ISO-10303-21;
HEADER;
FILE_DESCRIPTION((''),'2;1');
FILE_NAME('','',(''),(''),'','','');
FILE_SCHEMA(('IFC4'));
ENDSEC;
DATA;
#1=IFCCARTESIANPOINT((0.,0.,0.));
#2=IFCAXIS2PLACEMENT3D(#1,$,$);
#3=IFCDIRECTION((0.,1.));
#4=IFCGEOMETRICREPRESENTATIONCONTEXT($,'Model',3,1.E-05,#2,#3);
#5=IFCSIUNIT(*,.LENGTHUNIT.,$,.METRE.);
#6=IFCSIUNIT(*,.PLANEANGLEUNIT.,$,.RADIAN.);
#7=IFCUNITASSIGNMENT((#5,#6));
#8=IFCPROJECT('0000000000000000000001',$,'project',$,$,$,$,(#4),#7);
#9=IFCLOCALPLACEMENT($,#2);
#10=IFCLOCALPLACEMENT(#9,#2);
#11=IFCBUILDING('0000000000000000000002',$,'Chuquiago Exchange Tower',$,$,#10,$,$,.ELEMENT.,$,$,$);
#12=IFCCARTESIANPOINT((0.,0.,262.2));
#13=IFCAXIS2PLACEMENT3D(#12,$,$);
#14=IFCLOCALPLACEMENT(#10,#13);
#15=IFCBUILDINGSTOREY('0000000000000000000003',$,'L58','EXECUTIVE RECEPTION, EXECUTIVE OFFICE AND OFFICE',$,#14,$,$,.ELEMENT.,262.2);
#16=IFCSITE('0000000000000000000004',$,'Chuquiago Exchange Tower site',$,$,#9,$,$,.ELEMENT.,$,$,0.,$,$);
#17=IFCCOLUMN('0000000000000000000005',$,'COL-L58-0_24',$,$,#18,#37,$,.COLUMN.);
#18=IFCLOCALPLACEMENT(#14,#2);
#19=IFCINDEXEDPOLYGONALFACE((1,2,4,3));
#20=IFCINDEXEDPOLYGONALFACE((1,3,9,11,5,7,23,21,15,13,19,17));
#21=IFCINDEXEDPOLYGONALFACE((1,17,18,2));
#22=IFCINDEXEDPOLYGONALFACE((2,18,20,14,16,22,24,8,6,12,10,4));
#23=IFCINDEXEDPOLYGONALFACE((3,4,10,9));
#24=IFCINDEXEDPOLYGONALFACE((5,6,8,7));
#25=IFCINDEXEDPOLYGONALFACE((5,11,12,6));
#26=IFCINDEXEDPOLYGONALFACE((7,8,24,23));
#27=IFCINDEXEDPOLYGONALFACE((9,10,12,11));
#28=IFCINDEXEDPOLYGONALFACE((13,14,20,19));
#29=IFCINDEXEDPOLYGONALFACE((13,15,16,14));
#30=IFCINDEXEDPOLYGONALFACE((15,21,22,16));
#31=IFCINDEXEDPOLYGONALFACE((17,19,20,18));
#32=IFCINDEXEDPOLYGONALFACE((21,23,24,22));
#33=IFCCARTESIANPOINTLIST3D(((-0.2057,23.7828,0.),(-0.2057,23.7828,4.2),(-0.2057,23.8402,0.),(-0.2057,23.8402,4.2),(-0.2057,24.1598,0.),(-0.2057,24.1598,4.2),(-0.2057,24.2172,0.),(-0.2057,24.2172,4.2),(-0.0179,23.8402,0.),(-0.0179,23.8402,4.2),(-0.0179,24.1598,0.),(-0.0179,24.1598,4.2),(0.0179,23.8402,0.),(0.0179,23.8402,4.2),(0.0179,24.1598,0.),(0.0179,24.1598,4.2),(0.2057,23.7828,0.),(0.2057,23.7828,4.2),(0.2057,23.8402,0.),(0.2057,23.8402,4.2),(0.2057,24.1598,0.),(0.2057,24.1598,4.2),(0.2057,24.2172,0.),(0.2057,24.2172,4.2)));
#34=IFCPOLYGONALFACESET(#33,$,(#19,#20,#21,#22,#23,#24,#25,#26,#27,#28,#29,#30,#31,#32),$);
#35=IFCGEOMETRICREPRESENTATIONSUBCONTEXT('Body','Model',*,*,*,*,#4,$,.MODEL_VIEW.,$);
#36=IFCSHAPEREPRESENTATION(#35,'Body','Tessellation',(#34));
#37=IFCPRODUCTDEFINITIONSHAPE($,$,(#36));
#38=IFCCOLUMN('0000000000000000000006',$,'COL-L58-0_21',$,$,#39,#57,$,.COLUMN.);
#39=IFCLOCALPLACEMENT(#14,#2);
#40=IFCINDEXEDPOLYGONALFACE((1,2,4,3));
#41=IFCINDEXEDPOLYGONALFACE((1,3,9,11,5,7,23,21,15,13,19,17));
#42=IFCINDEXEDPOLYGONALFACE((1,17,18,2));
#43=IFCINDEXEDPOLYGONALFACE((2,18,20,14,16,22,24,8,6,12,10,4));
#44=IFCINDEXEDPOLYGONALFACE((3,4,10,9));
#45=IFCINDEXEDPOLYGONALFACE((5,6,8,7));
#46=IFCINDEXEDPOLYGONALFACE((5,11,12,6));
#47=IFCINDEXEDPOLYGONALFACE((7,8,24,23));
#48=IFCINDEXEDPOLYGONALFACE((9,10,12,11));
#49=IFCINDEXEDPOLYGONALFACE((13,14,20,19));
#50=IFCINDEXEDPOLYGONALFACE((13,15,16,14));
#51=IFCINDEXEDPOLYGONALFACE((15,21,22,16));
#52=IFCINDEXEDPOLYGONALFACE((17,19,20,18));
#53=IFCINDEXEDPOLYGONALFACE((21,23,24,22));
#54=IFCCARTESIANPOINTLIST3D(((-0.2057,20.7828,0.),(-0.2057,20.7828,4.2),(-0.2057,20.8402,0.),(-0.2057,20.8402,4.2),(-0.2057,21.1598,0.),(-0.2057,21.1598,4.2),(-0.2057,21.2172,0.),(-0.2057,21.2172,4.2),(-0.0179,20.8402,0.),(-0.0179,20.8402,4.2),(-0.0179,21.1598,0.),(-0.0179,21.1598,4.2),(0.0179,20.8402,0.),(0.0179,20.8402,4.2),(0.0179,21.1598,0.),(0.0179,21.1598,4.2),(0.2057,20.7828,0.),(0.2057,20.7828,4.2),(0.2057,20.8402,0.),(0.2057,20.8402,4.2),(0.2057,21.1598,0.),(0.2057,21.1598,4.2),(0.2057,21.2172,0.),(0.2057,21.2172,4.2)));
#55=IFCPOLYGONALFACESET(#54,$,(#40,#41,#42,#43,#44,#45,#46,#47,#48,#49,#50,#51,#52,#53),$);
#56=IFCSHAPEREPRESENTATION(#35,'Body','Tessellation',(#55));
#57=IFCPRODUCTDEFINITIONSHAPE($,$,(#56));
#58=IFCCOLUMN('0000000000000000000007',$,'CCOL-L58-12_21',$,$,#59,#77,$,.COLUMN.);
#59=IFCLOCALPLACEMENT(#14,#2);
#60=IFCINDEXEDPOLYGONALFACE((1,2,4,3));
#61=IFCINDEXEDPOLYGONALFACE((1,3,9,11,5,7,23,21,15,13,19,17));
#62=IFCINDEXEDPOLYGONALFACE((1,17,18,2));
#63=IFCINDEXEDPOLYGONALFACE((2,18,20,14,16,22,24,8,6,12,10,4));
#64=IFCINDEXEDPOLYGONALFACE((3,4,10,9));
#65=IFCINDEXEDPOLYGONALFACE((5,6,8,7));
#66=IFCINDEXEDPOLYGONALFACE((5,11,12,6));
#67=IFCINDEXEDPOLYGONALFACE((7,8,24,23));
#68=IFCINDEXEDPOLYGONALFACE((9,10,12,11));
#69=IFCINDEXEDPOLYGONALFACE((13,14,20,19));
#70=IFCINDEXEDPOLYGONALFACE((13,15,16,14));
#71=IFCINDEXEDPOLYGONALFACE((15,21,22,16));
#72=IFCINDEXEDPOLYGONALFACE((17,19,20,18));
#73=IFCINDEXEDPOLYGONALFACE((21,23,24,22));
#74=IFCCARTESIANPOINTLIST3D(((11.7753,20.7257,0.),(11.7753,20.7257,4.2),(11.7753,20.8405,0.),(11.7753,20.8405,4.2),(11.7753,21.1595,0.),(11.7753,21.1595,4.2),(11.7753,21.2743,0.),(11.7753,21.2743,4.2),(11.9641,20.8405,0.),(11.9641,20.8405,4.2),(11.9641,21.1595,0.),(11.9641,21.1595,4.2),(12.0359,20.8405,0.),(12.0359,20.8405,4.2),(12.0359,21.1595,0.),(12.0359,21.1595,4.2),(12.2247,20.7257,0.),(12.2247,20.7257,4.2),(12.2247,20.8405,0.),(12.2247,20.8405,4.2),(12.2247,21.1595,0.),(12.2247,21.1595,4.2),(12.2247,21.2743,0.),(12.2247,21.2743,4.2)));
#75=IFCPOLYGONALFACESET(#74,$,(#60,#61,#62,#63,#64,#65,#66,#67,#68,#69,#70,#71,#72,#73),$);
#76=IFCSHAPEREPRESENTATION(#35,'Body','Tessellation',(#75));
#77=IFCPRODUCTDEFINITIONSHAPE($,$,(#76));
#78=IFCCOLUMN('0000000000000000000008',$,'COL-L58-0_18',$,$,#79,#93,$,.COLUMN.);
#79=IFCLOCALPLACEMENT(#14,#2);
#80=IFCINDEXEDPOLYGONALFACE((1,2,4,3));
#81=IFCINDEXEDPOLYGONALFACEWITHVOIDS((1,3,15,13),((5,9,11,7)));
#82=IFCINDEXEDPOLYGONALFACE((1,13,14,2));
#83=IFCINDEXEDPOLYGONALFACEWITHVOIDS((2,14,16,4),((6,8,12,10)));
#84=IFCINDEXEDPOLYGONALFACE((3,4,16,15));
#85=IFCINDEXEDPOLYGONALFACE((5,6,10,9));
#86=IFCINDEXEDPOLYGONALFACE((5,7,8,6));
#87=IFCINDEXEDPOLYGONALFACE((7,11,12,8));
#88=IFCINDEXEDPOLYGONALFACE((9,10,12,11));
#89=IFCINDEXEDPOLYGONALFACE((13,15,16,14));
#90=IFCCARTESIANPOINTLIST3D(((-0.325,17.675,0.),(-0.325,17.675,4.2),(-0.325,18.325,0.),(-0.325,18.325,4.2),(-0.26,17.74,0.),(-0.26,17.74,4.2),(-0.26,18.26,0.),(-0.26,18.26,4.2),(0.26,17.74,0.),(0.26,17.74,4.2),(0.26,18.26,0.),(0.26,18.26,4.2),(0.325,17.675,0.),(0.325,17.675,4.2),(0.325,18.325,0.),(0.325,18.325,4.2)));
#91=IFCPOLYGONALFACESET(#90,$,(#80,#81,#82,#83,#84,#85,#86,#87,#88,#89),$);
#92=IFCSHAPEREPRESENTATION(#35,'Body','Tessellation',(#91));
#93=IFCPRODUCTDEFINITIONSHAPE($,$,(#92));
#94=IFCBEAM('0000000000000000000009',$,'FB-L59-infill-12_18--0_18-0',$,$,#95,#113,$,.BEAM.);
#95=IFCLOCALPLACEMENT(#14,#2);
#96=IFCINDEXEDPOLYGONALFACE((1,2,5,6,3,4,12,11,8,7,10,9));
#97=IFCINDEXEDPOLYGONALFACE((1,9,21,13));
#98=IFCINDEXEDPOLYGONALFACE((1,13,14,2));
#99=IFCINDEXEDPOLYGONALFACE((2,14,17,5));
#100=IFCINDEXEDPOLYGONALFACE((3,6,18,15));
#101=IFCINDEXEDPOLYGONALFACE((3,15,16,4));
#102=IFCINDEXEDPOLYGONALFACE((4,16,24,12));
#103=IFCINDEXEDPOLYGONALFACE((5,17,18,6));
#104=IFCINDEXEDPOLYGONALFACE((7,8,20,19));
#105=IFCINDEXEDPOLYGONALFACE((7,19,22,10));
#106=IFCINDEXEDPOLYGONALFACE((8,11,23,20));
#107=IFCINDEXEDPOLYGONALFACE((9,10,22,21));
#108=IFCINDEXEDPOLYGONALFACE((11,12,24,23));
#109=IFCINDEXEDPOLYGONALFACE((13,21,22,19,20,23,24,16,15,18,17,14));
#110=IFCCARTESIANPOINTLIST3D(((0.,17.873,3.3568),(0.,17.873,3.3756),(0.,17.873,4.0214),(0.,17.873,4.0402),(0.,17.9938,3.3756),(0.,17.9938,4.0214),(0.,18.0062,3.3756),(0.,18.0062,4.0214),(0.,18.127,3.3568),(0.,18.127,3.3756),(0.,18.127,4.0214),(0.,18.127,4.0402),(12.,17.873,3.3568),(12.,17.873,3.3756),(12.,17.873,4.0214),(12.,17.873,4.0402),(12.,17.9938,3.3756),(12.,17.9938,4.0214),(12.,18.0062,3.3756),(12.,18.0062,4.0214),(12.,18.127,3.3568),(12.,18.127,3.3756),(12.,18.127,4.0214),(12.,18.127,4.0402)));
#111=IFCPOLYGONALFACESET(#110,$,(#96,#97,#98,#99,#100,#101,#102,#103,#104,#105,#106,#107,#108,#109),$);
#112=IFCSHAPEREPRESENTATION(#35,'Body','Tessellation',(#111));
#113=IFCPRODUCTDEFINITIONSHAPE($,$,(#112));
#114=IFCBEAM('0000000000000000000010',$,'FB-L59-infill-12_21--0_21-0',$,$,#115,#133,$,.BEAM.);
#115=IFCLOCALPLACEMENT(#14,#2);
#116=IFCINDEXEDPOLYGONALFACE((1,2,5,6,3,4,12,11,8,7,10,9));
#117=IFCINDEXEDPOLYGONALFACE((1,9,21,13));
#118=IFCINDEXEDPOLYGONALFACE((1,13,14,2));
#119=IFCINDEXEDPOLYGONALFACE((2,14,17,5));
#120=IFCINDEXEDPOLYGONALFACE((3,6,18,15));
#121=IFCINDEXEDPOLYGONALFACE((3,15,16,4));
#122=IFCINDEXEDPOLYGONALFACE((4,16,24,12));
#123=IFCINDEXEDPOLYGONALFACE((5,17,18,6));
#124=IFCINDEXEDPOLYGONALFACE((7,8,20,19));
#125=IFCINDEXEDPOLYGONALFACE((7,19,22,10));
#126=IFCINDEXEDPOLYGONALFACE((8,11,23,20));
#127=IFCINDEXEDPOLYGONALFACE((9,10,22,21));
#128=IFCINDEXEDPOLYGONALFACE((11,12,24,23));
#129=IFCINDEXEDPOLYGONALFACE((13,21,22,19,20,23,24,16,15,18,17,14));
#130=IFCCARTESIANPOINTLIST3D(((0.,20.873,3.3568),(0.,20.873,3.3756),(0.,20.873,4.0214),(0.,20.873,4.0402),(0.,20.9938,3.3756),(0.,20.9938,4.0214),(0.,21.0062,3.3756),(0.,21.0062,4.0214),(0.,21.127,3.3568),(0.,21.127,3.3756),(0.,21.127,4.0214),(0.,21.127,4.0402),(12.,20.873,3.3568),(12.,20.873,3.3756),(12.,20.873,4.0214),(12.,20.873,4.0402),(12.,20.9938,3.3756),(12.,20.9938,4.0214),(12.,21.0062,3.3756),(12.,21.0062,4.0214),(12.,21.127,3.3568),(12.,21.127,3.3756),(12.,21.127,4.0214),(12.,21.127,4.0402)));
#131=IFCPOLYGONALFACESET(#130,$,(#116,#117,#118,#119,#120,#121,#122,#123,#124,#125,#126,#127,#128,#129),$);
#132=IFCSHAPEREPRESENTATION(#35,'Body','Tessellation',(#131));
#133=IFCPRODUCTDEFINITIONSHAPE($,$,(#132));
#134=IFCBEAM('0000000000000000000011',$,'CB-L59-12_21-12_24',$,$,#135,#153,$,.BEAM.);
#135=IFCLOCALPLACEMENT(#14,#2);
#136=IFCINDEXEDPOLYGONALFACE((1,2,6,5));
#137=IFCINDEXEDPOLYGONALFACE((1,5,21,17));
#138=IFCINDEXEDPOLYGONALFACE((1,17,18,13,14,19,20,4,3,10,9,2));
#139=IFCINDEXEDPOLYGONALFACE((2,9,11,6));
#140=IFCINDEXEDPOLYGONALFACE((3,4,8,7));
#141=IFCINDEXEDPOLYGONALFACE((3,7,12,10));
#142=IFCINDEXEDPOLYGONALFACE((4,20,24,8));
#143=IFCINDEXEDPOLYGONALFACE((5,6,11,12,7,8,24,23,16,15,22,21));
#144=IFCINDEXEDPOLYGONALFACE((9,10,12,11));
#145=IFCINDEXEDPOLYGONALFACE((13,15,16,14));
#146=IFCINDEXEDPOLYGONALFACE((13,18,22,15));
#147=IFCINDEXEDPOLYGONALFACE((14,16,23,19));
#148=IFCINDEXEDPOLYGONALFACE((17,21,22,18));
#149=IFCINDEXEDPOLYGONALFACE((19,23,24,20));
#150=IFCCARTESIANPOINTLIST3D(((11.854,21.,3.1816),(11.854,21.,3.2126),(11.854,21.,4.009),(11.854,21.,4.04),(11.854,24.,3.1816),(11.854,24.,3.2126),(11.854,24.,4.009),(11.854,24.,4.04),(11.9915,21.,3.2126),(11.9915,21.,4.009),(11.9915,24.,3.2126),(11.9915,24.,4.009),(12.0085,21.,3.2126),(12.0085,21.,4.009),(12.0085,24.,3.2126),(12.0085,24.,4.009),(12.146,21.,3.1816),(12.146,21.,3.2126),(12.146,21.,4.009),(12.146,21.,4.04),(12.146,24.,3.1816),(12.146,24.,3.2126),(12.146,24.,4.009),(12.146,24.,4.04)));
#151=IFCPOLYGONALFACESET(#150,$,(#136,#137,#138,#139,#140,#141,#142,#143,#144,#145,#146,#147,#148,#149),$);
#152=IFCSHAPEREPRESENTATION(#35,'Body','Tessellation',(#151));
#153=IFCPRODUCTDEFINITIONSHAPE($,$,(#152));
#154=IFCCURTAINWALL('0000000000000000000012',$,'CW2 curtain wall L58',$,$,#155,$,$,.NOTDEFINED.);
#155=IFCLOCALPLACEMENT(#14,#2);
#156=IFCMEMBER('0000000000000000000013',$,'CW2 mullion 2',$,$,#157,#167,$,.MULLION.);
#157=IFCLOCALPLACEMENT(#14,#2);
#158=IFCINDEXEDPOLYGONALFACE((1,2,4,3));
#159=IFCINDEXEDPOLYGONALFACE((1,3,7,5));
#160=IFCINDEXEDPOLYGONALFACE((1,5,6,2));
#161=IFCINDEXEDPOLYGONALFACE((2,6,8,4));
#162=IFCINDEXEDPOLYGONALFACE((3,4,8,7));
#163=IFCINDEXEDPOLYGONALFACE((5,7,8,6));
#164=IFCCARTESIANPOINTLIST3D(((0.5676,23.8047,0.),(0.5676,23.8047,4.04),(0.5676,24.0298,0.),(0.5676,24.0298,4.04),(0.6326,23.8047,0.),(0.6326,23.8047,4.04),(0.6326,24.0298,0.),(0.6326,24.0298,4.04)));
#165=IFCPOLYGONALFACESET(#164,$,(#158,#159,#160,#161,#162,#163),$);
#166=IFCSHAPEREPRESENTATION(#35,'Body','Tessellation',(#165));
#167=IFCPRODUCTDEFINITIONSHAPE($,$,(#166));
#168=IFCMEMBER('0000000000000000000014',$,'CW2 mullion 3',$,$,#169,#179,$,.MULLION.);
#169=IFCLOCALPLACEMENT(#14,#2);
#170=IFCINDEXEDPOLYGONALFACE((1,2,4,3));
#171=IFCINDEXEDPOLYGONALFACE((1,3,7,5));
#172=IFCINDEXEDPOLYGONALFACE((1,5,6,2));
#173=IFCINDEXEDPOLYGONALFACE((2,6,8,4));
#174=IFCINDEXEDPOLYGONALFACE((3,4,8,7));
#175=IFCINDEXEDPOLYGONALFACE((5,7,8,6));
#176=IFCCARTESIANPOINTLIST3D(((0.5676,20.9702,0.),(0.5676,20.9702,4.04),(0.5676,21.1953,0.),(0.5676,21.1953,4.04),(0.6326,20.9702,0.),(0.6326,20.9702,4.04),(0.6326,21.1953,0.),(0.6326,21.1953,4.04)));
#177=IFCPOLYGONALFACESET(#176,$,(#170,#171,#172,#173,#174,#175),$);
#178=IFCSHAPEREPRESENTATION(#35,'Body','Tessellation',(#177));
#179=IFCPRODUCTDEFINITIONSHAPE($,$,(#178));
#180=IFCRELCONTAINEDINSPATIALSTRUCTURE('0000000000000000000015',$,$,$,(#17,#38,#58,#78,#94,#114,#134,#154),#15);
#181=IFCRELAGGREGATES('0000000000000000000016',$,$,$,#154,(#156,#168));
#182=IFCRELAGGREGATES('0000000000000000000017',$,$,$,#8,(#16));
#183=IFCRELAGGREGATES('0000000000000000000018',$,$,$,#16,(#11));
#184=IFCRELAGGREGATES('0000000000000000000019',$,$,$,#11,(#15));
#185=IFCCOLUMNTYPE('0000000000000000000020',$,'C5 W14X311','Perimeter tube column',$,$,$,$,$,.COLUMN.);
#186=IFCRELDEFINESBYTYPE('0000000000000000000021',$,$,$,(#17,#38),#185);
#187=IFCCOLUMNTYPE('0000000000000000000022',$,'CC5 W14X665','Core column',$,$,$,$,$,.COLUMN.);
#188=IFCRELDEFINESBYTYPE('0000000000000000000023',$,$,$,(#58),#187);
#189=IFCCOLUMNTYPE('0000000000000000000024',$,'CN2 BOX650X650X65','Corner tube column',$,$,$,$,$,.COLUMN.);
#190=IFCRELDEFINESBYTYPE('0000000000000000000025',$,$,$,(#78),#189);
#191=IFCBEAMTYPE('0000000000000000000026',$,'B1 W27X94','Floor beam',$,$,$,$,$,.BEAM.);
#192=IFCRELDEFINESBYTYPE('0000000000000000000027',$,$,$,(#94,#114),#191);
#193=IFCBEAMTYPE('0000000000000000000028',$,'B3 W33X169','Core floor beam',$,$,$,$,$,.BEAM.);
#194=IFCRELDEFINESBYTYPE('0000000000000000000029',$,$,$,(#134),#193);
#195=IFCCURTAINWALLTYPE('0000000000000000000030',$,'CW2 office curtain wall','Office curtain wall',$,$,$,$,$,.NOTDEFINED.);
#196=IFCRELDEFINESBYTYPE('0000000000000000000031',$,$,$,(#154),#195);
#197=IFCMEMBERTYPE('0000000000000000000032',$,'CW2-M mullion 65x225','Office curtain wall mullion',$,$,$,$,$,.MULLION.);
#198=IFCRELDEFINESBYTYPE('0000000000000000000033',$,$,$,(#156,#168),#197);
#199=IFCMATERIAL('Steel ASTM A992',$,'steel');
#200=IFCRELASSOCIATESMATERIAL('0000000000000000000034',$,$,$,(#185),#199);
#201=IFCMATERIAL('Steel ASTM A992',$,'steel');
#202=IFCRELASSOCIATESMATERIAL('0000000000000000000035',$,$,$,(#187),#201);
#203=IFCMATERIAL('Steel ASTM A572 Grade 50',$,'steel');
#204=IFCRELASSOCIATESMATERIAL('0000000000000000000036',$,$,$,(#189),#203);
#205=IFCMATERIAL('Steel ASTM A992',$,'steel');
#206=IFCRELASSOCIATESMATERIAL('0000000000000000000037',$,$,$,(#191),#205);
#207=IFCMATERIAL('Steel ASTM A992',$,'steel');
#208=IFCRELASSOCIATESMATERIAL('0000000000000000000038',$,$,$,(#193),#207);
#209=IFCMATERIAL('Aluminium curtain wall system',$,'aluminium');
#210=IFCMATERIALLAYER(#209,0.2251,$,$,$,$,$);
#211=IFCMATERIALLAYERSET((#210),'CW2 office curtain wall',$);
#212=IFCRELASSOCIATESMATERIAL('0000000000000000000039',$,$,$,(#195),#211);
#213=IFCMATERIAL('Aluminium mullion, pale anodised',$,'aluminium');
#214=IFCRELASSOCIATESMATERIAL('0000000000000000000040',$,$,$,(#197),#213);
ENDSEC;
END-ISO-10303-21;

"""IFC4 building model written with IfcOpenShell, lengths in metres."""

from ifc_helpers import new_model, si_unit, direction, frame, origin, origin_2d, place, context, subcontext, project, spatial, rectangle, hollow_rectangle, i_section, extrude, material, layer, layer_set, material_profile, profile_set, type_object, element, aggregate, save


model = new_model("IFC4")

# Units and contexts
model_context = context("Model", 3, precision=1e-05, world=origin(), true_north=direction((0.0, 1.0)))
body_context = subcontext(model_context, "Body", "Model", "MODEL_VIEW")
ifc_project = project(units=[si_unit("LENGTHUNIT", "METRE"), si_unit("PLANEANGLEUNIT", "RADIAN")], contexts=[model_context])

# Site, building, storey
site_placement = place(None, origin())
site = spatial("IfcSite", under=ifc_project, at=site_placement, Name="Chuquiago Exchange Tower site", CompositionType="ELEMENT", RefElevation=0.0)
building_placement = place(site_placement, origin())
building = spatial("IfcBuilding", under=site, at=building_placement, Name="Chuquiago Exchange Tower", CompositionType="ELEMENT")
storey_placement = place(building_placement, frame((0.0, 0.0, 262.2)))
storey = spatial("IfcBuildingStorey", under=building, at=storey_placement, Name="L58", Description="EXECUTIVE RECEPTION, EXECUTIVE OFFICE AND OFFICE", CompositionType="ELEMENT", Elevation=262.2)

# Columns
ifc_material_1 = material(Name="Steel ASTM A992", Category="steel")
ifc_material_profile_1 = material_profile(ifc_material_1, i_section(OverallWidth=0.4114, OverallDepth=0.4343, WebThickness=0.0359, FlangeThickness=0.0574, at=origin_2d()), Name="W14X311")
ifc_profile_set_1 = profile_set([ifc_material_profile_1], Name="Steel ASTM A992")
column_type_1 = type_object("IfcColumnType", Name="C5 W14X311", Description="Perimeter tube column", PredefinedType="COLUMN", material=ifc_profile_set_1)
for number, where, z_axis, x_axis, name in (
    (1, (0.0, 24.0, 0.0), (0.0, 0.0, 1.0), (-1.0, 0.0, 0.0), "COL-L58-0_24"),
    (2, (0.0, 21.0, 0.0), (0.0, 0.0, 1.0), (-1.0, 0.0, 0.0), "COL-L58-0_21"),
):
    element("IfcColumn", number, at=place(storey_placement, frame(where, z_axis=z_axis, x_axis=x_axis)), inside=storey, type_object=column_type_1, Name=name, PredefinedType="COLUMN", context=body_context, shape_type="SweptSolid", body=[
        extrude(i_section(OverallWidth=0.4114, OverallDepth=0.4343, WebThickness=0.0359, FlangeThickness=0.0574, at=origin_2d()), origin(), (0.0, 0.0, 1.0), 4.2),
    ])
ifc_material_2 = material(Name="Steel ASTM A992", Category="steel")
ifc_material_profile_2 = material_profile(ifc_material_2, i_section(OverallWidth=0.4495, OverallDepth=0.5486, WebThickness=0.0718, FlangeThickness=0.1147, at=origin_2d()), Name="W14X665")
ifc_profile_set_2 = profile_set([ifc_material_profile_2], Name="Steel ASTM A992")
column_type_2 = type_object("IfcColumnType", Name="CC5 W14X665", Description="Core column", PredefinedType="COLUMN", material=ifc_profile_set_2)
column_1_placement = place(storey_placement, frame((12.0, 21.0, 0.0), z_axis=(0.0, 0.0, 1.0), x_axis=(1.0, 0.0, 0.0)))
element("IfcColumn", 3, at=column_1_placement, inside=storey, type_object=column_type_2, Name="CCOL-L58-12_21", PredefinedType="COLUMN", context=body_context, shape_type="SweptSolid", body=[
    extrude(i_section(OverallWidth=0.4495, OverallDepth=0.5486, WebThickness=0.0718, FlangeThickness=0.1147, at=origin_2d()), origin(), (0.0, 0.0, 1.0), 4.2),
])
ifc_material_3 = material(Name="Steel ASTM A572 Grade 50", Category="steel")
ifc_material_profile_3 = material_profile(ifc_material_3, hollow_rectangle(XDim=0.6499, YDim=0.6499, WallThickness=0.0649, at=origin_2d()), Name="BOX650X650X65")
ifc_profile_set_3 = profile_set([ifc_material_profile_3], Name="Steel ASTM A572 Grade 50")
column_type_3 = type_object("IfcColumnType", Name="CN2 BOX650X650X65", Description="Corner tube column", PredefinedType="COLUMN", material=ifc_profile_set_3)
column_2_placement = place(storey_placement, frame((0.0, 18.0, 0.0), z_axis=(0.0, 0.0, 1.0), x_axis=(-1.0, 0.0, 0.0)))
element("IfcColumn", 4, at=column_2_placement, inside=storey, type_object=column_type_3, Name="COL-L58-0_18", PredefinedType="COLUMN", context=body_context, shape_type="SweptSolid", body=[
    extrude(hollow_rectangle(XDim=0.6499, YDim=0.6499, WallThickness=0.0649, at=origin_2d()), origin(), (0.0, 0.0, 1.0), 4.2),
])

# Beams
ifc_material_4 = material(Name="Steel ASTM A992", Category="steel")
ifc_material_profile_4 = material_profile(ifc_material_4, i_section(OverallWidth=0.2539, OverallDepth=0.6833, WebThickness=0.0125, FlangeThickness=0.0188, at=origin_2d()), Name="W27X94")
ifc_profile_set_4 = profile_set([ifc_material_profile_4], Name="Steel ASTM A992")
beam_type_1 = type_object("IfcBeamType", Name="B1 W27X94", Description="Floor beam", PredefinedType="BEAM", material=ifc_profile_set_4)
for number, where, z_axis, x_axis, name in (
    (5, (12.0, 18.0, 3.6985), (-1.0, 0.0, 0.0), (0.0, -1.0, 0.0), "FB-L59-infill-12_18--0_18-0"),
    (6, (12.0, 21.0, 3.6985), (-1.0, 0.0, 0.0), (0.0, -1.0, 0.0), "FB-L59-infill-12_21--0_21-0"),
):
    element("IfcBeam", number, at=place(storey_placement, frame(where, z_axis=z_axis, x_axis=x_axis)), inside=storey, type_object=beam_type_1, Name=name, PredefinedType="BEAM", context=body_context, shape_type="SweptSolid", body=[
        extrude(i_section(OverallWidth=0.2539, OverallDepth=0.6833, WebThickness=0.0125, FlangeThickness=0.0188, at=origin_2d()), origin(), (0.0, 0.0, 1.0), 12.0),
    ])
ifc_material_5 = material(Name="Steel ASTM A992", Category="steel")
ifc_material_profile_5 = material_profile(ifc_material_5, i_section(OverallWidth=0.292, OverallDepth=0.8584, WebThickness=0.0171, FlangeThickness=0.031, at=origin_2d()), Name="W33X169")
ifc_profile_set_5 = profile_set([ifc_material_profile_5], Name="Steel ASTM A992")
beam_type_2 = type_object("IfcBeamType", Name="B3 W33X169", Description="Core floor beam", PredefinedType="BEAM", material=ifc_profile_set_5)
beam_1_placement = place(storey_placement, frame((12.0, 21.0, 3.6108), z_axis=(0.0, 1.0, 0.0), x_axis=(-1.0, 0.0, 0.0)))
element("IfcBeam", 7, at=beam_1_placement, inside=storey, type_object=beam_type_2, Name="CB-L59-12_21-12_24", PredefinedType="BEAM", context=body_context, shape_type="SweptSolid", body=[
    extrude(i_section(OverallWidth=0.292, OverallDepth=0.8584, WebThickness=0.0171, FlangeThickness=0.031, at=origin_2d()), origin(), (0.0, 0.0, 1.0), 3.0),
])

# Curtain wall, members
ifc_material_6 = material(Name="Aluminium curtain wall system", Category="aluminium")
ifc_layer_1 = layer(ifc_material_6, 0.2251)
ifc_layer_set_1 = layer_set([ifc_layer_1], Name="CW2 office curtain wall")
curtain_wall_type_1 = type_object("IfcCurtainWallType", Name="CW2 office curtain wall", Description="Office curtain wall", PredefinedType="NOTDEFINED", material=ifc_layer_set_1)
curtain_wall_1_placement = place(storey_placement, origin())
curtain_wall_1 = element("IfcCurtainWall", 8, at=curtain_wall_1_placement, inside=storey, type_object=curtain_wall_type_1, Name="CW2 curtain wall L58", PredefinedType="NOTDEFINED")
ifc_material_7 = material(Name="Aluminium mullion, pale anodised", Category="aluminium")
ifc_material_profile_6 = material_profile(ifc_material_7, rectangle(XDim=0.0649, YDim=0.2251, at=origin_2d()), Name="AL 65x225")
ifc_profile_set_6 = profile_set([ifc_material_profile_6], Name="Aluminium mullion, pale anodised")
member_type_1 = type_object("IfcMemberType", Name="CW2-M mullion 65x225", Description="Office curtain wall mullion", PredefinedType="MULLION", material=ifc_profile_set_6)
member_1_placement = place(storey_placement, frame((0.6001, 23.9172, 0.0), z_axis=(0.0, 0.0, 1.0), x_axis=(1.0, 0.0, 0.0)))
member_1 = element("IfcMember", 9, at=member_1_placement, type_object=member_type_1, Name="CW2 mullion 2", PredefinedType="MULLION", context=body_context, shape_type="SweptSolid", body=[
    extrude(rectangle(XDim=0.0649, YDim=0.2251, at=origin_2d()), origin(), (0.0, 0.0, 1.0), 4.04),
])
member_2_placement = place(storey_placement, frame((0.6001, 21.0828, 0.0), z_axis=(0.0, 0.0, 1.0), x_axis=(1.0, 0.0, 0.0)))
member_2 = element("IfcMember", 10, at=member_2_placement, type_object=member_type_1, Name="CW2 mullion 3", PredefinedType="MULLION", context=body_context, shape_type="SweptSolid", body=[
    extrude(rectangle(XDim=0.0649, YDim=0.2251, at=origin_2d()), origin(), (0.0, 0.0, 1.0), 4.04),
])

aggregate(curtain_wall_1, [member_1, member_2])

save(model, "model.ifc")
